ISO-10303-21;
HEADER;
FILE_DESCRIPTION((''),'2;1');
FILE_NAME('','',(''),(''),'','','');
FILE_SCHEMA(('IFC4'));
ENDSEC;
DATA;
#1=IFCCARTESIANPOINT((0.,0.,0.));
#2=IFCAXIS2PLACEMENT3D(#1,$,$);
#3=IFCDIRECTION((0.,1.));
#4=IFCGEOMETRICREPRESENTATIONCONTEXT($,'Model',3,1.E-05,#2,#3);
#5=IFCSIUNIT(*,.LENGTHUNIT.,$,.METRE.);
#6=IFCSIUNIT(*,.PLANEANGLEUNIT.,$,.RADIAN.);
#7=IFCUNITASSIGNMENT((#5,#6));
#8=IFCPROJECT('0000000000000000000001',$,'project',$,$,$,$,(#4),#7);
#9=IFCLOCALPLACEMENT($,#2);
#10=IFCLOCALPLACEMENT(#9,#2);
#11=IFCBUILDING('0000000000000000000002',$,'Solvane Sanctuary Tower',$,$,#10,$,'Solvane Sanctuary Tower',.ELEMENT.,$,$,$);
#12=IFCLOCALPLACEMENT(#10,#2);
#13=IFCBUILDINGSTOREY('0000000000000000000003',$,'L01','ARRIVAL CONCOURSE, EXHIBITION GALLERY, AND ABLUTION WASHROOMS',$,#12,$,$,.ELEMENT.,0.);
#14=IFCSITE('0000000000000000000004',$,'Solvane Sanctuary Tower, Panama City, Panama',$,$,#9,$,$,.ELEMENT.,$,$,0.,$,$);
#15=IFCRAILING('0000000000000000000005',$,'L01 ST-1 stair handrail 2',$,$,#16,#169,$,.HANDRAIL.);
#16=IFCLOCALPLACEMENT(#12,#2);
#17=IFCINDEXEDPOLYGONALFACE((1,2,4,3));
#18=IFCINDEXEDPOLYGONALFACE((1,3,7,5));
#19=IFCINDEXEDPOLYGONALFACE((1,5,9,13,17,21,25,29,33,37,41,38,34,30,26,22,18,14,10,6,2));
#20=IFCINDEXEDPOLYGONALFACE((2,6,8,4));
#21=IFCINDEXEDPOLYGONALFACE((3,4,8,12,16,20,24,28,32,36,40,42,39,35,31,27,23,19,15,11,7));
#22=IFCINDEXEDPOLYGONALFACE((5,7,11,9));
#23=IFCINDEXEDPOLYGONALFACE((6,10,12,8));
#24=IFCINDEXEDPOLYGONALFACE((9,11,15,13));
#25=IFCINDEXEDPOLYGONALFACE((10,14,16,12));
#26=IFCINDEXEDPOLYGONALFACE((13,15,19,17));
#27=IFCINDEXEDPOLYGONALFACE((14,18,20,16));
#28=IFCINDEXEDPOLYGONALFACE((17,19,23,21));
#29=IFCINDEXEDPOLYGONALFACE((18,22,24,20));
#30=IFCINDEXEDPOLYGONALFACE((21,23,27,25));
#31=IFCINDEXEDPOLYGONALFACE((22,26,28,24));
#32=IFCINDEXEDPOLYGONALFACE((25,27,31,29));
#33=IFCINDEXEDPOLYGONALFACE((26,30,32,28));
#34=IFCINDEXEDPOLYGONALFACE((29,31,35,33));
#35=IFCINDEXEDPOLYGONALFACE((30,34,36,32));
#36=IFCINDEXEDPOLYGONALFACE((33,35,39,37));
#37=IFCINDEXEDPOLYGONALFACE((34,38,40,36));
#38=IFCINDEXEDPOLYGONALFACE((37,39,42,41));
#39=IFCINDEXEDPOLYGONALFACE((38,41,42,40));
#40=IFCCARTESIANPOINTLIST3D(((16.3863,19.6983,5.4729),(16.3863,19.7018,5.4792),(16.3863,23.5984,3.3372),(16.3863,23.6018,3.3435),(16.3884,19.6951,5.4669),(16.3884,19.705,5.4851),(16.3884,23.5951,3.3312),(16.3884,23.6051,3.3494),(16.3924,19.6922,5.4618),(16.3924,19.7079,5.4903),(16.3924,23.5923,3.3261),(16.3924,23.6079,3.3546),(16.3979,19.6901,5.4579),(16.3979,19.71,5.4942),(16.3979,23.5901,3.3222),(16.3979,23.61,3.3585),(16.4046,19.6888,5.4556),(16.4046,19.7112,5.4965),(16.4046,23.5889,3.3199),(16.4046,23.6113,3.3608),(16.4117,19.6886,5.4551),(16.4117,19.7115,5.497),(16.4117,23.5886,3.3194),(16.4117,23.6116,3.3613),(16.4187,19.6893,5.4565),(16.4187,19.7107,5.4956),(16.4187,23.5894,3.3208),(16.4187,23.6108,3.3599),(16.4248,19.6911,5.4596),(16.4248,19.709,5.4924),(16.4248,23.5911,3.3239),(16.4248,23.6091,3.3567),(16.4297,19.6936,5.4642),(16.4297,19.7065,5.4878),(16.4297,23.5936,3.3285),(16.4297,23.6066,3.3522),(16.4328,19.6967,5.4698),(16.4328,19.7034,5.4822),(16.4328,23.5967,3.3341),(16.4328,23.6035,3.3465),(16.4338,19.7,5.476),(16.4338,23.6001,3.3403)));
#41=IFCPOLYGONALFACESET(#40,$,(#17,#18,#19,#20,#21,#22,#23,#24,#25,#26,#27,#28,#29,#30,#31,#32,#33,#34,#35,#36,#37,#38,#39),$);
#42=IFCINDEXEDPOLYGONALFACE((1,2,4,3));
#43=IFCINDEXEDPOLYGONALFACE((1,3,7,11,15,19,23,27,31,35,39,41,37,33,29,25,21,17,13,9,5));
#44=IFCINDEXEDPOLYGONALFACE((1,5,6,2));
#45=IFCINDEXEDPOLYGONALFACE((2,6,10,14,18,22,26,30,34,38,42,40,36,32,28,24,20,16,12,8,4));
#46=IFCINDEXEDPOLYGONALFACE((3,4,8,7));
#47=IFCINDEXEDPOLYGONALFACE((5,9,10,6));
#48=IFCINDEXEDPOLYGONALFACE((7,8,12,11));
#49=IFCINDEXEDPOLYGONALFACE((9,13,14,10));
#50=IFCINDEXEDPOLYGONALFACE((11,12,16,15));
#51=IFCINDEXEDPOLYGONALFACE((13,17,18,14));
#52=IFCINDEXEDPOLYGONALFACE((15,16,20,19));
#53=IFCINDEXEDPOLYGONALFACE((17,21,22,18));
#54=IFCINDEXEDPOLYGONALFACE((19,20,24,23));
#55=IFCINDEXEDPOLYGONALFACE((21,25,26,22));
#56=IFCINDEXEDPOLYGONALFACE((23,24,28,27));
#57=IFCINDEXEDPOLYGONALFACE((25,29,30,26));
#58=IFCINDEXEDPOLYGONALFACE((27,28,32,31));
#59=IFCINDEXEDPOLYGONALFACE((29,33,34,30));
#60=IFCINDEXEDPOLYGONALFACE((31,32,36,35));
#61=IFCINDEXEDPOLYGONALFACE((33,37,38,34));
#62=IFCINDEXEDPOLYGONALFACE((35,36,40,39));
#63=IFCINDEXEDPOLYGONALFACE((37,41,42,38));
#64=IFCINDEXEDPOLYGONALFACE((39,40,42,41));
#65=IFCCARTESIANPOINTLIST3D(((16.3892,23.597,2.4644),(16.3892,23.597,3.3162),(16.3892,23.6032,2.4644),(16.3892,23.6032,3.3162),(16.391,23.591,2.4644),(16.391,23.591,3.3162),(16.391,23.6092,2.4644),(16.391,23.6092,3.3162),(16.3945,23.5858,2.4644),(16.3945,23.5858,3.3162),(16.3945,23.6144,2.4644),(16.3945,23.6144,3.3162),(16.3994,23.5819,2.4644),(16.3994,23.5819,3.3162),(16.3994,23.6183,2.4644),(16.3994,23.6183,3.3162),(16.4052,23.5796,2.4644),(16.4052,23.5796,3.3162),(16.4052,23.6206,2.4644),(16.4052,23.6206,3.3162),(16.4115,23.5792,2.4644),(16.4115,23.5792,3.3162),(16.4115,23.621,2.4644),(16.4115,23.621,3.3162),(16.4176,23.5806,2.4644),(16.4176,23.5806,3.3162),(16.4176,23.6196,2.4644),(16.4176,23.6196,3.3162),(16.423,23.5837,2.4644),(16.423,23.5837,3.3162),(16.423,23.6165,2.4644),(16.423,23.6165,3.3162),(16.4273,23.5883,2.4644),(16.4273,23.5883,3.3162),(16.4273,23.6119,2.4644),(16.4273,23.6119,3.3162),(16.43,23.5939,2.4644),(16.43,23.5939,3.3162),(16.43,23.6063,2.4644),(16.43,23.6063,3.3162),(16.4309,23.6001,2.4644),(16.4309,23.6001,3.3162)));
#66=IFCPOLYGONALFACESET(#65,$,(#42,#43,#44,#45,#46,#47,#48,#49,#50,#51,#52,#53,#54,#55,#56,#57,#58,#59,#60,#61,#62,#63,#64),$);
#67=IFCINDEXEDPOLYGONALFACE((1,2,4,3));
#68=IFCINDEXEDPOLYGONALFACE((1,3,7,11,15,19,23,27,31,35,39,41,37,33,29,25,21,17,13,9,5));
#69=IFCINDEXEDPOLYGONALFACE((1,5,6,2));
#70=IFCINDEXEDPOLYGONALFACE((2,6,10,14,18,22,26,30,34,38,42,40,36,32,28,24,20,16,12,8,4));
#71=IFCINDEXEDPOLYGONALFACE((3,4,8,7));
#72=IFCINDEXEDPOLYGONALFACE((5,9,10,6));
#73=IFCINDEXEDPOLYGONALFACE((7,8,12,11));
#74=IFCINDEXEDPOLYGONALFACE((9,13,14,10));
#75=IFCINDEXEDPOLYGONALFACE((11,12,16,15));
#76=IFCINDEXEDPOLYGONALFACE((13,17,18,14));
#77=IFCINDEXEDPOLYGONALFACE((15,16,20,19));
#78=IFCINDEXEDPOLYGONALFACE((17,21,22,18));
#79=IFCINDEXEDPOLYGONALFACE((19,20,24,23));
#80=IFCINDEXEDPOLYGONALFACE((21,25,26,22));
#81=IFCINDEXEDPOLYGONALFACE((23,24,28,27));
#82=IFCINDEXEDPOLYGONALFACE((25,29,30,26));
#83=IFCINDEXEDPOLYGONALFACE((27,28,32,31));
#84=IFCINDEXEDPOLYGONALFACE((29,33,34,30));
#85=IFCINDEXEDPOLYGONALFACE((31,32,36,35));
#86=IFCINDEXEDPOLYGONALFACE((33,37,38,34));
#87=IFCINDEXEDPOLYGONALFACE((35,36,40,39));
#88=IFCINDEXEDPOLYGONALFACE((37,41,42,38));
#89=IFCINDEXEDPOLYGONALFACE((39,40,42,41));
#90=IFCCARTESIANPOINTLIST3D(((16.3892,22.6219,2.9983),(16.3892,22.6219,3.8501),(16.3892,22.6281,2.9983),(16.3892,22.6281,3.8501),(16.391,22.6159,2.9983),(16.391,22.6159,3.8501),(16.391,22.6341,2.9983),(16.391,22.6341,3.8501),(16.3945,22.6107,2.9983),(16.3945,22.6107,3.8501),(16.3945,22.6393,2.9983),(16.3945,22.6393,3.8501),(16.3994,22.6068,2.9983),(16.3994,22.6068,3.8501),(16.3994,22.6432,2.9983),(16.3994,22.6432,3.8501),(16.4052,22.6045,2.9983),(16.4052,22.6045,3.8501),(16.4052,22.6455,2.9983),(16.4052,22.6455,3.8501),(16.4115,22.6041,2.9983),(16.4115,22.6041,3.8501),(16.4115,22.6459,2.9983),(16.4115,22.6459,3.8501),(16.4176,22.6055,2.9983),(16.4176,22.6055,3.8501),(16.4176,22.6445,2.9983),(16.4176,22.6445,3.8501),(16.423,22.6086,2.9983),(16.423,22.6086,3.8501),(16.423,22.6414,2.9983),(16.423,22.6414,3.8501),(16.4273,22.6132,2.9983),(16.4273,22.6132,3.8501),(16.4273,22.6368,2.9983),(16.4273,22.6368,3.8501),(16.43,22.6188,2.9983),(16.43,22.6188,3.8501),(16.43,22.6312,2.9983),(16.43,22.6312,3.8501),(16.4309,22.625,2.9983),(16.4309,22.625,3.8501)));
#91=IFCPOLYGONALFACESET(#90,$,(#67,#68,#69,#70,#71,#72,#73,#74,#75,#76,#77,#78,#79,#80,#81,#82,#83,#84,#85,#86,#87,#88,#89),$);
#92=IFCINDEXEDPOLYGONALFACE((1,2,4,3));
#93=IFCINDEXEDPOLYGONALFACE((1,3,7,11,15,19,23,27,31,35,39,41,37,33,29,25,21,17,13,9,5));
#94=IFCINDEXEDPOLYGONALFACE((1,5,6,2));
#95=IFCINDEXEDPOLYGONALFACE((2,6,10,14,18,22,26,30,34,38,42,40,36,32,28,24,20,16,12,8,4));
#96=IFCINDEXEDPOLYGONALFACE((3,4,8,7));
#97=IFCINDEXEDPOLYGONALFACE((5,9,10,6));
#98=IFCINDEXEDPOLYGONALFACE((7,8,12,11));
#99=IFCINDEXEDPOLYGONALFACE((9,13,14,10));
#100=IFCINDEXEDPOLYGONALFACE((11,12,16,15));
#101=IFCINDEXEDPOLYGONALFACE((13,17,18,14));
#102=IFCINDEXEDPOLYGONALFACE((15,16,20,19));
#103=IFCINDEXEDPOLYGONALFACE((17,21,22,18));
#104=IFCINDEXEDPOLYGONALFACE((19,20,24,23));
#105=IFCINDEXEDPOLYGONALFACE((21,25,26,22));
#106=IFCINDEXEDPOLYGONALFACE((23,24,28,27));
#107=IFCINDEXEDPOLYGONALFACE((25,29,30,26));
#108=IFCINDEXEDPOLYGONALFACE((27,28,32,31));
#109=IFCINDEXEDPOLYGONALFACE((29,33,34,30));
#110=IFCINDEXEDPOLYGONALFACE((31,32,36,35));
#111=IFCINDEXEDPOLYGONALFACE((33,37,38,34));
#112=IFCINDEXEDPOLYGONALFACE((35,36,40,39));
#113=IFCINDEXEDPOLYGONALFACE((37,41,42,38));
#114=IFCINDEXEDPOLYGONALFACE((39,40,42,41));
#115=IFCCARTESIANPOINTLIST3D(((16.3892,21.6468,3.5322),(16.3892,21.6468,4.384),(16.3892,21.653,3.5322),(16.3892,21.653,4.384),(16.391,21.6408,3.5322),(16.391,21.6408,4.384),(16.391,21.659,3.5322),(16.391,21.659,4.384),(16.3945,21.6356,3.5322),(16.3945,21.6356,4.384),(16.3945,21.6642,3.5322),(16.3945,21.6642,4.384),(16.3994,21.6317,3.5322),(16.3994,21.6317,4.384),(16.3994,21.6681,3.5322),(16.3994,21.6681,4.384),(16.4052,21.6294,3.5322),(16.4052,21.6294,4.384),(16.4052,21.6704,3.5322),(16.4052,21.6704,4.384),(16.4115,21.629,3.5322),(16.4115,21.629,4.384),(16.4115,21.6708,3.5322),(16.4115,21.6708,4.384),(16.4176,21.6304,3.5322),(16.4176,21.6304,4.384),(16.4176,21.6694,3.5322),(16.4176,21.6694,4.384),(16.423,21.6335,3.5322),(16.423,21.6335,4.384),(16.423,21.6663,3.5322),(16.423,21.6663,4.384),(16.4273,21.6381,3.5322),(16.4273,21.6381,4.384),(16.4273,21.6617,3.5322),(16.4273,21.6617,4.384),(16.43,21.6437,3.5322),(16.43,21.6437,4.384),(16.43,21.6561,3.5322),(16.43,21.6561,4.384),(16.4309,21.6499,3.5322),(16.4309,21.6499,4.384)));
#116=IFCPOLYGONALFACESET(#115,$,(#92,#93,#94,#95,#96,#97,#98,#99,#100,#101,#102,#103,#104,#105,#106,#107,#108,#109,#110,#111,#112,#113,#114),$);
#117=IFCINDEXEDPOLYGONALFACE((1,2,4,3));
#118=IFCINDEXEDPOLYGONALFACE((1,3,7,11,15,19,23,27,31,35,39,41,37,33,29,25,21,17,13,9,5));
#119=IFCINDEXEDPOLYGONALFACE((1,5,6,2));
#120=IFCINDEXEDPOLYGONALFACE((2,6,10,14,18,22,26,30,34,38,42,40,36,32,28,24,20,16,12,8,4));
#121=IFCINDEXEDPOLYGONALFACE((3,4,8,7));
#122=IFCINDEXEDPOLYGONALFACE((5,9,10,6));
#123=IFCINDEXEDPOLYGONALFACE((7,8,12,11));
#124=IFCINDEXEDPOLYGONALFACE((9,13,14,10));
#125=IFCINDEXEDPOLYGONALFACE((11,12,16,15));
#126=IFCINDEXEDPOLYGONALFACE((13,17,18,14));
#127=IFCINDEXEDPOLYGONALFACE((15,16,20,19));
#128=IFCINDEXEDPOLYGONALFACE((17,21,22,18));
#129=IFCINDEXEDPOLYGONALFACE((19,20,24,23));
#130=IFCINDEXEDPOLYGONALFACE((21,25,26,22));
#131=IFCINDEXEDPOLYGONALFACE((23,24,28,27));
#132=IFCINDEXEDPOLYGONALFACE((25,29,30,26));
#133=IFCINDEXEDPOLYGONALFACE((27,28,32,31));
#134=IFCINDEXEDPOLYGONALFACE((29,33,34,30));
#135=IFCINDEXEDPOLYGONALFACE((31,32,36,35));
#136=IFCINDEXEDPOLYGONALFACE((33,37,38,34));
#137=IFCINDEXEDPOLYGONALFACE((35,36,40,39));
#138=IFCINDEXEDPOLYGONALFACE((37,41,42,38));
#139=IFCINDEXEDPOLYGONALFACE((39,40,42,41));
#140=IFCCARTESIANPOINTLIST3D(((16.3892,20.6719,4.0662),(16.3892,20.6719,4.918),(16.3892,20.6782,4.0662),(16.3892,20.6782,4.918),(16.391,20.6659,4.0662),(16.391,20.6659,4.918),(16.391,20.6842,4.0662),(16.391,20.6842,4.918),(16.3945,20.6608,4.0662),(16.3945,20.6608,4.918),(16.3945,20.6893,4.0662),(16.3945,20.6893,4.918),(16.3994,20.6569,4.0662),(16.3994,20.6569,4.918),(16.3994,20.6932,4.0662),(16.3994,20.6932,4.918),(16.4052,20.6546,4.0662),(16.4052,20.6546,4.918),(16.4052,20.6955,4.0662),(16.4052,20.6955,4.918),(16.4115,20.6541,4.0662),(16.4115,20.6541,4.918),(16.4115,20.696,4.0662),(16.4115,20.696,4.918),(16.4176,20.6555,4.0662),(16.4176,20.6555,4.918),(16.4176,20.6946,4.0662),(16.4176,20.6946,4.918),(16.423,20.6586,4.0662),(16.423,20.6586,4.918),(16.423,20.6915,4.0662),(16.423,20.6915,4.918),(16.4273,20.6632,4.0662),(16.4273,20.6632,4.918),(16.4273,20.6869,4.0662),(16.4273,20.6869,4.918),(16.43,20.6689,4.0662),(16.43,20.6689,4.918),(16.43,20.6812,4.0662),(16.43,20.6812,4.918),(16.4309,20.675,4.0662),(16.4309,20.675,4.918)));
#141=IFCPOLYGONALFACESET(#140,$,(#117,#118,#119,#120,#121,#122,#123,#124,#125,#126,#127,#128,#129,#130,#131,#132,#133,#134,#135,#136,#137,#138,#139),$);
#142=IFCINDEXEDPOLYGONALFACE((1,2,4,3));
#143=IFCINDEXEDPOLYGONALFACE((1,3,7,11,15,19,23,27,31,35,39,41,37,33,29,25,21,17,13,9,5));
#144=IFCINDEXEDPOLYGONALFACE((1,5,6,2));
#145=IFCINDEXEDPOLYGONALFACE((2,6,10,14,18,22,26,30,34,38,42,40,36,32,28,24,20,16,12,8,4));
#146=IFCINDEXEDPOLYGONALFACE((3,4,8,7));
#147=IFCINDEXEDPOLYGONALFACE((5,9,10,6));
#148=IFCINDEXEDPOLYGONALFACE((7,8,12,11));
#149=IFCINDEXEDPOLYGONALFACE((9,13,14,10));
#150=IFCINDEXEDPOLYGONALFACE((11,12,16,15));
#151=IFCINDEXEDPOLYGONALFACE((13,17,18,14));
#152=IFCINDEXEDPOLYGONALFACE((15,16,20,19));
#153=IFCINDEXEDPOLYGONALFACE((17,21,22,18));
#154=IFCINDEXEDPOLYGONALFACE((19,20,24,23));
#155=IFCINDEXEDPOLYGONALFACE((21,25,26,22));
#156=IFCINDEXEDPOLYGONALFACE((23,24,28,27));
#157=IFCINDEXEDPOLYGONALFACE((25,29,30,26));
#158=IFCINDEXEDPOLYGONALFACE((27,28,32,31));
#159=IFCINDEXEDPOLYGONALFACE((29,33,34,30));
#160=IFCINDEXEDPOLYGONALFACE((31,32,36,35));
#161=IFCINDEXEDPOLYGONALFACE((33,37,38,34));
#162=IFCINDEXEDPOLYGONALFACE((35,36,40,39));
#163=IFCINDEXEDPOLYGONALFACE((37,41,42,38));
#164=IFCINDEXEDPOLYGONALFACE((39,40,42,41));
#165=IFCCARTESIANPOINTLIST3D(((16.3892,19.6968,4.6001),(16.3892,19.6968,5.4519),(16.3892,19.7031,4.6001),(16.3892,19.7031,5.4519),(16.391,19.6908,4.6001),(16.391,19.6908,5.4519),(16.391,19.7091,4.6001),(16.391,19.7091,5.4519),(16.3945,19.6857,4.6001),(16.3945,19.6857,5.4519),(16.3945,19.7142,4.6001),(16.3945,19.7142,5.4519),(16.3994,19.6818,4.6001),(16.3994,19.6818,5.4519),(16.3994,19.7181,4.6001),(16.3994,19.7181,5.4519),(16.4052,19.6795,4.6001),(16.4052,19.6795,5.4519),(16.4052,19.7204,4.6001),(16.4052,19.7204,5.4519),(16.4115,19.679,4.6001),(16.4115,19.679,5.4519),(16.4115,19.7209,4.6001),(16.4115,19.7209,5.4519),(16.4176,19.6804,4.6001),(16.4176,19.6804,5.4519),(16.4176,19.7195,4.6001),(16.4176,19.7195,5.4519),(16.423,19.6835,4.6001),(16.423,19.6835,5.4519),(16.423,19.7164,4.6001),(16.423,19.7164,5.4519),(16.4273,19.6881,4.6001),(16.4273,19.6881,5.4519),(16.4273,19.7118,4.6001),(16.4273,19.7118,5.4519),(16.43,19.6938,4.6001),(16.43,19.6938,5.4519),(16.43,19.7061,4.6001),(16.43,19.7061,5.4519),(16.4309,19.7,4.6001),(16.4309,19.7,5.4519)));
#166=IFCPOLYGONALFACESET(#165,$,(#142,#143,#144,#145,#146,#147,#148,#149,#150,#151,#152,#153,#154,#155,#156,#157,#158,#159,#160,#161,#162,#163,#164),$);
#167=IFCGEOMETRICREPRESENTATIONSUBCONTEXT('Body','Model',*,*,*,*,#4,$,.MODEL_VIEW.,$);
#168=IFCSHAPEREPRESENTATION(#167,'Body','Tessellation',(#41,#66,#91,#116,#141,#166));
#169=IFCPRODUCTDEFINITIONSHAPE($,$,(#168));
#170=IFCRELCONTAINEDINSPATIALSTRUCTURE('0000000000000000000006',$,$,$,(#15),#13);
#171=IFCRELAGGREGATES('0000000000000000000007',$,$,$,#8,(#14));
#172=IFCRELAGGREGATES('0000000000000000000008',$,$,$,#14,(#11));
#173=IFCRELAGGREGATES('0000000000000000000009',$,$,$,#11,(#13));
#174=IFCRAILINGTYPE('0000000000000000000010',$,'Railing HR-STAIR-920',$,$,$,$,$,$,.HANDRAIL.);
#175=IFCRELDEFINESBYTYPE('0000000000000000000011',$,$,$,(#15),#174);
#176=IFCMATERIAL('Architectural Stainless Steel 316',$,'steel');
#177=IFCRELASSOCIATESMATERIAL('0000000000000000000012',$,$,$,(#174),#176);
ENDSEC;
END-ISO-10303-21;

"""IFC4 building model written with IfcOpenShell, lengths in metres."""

from ifc_helpers import new_model, si_unit, direction, frame, origin, origin_2d, place, context, subcontext, project, spatial, circle, extrude, material, type_object, element, save


model = new_model("IFC4")

# Units and contexts
model_context = context("Model", 3, precision=1e-05, world=origin(), true_north=direction((0.0, 1.0)))
body_context = subcontext(model_context, "Body", "Model", "MODEL_VIEW")
ifc_project = project(units=[si_unit("LENGTHUNIT", "METRE"), si_unit("PLANEANGLEUNIT", "RADIAN")], contexts=[model_context])

# Site, building, storey
site_placement = place(None, origin())
site = spatial("IfcSite", under=ifc_project, at=site_placement, Name="Solvane Sanctuary Tower, Panama City, Panama", CompositionType="ELEMENT", RefElevation=0.0)
building_placement = place(site_placement, origin())
building = spatial("IfcBuilding", under=site, at=building_placement, Name="Solvane Sanctuary Tower", LongName="Solvane Sanctuary Tower", CompositionType="ELEMENT")
storey_placement = place(building_placement, origin())
storey = spatial("IfcBuildingStorey", under=building, at=storey_placement, Name="L01", Description="ARRIVAL CONCOURSE, EXHIBITION GALLERY, AND ABLUTION WASHROOMS", CompositionType="ELEMENT", Elevation=0.0)

# Shared definitions
ifc_material_1 = material(Name="Architectural Stainless Steel 316", Category="steel")

# Railing
railing_type_1 = type_object("IfcRailingType", Name="Railing HR-STAIR-920", PredefinedType="HANDRAIL", material=ifc_material_1)
railing_1_placement = place(storey_placement, frame((16.4099, 23.6001, 2.4644)))
element("IfcRailing", 1, at=railing_1_placement, inside=storey, type_object=railing_type_1, Name="L01 ST-1 stair handrail 2", PredefinedType="HANDRAIL", context=body_context, shape_type="SweptSolid", body=[
    extrude(circle(Radius=0.0239, at=origin_2d()), frame((0.0, 0.0, 0.876), z_axis=(0.0, -0.877101, 0.480306), x_axis=(1.0, 0.0, 0.0)), (0.0, 0.0, 1.0), 4.4465),
    extrude(circle(Radius=0.021, at=origin_2d()), origin(), (0.0, 0.0, 1.0), 0.8518),
    extrude(circle(Radius=0.021, at=origin_2d()), frame((0.0, -0.9751, 0.5339)), (0.0, 0.0, 1.0), 0.8518),
    extrude(circle(Radius=0.021, at=origin_2d()), frame((0.0, -1.9502, 1.0679)), (0.0, 0.0, 1.0), 0.8518),
    extrude(circle(Radius=0.021, at=origin_2d()), frame((0.0, -2.925, 1.6018)), (0.0, 0.0, 1.0), 0.8518),
    extrude(circle(Radius=0.021, at=origin_2d()), frame((0.0, -3.9001, 2.1357)), (0.0, 0.0, 1.0), 0.8518),
])

save(model, "model.ifc")
